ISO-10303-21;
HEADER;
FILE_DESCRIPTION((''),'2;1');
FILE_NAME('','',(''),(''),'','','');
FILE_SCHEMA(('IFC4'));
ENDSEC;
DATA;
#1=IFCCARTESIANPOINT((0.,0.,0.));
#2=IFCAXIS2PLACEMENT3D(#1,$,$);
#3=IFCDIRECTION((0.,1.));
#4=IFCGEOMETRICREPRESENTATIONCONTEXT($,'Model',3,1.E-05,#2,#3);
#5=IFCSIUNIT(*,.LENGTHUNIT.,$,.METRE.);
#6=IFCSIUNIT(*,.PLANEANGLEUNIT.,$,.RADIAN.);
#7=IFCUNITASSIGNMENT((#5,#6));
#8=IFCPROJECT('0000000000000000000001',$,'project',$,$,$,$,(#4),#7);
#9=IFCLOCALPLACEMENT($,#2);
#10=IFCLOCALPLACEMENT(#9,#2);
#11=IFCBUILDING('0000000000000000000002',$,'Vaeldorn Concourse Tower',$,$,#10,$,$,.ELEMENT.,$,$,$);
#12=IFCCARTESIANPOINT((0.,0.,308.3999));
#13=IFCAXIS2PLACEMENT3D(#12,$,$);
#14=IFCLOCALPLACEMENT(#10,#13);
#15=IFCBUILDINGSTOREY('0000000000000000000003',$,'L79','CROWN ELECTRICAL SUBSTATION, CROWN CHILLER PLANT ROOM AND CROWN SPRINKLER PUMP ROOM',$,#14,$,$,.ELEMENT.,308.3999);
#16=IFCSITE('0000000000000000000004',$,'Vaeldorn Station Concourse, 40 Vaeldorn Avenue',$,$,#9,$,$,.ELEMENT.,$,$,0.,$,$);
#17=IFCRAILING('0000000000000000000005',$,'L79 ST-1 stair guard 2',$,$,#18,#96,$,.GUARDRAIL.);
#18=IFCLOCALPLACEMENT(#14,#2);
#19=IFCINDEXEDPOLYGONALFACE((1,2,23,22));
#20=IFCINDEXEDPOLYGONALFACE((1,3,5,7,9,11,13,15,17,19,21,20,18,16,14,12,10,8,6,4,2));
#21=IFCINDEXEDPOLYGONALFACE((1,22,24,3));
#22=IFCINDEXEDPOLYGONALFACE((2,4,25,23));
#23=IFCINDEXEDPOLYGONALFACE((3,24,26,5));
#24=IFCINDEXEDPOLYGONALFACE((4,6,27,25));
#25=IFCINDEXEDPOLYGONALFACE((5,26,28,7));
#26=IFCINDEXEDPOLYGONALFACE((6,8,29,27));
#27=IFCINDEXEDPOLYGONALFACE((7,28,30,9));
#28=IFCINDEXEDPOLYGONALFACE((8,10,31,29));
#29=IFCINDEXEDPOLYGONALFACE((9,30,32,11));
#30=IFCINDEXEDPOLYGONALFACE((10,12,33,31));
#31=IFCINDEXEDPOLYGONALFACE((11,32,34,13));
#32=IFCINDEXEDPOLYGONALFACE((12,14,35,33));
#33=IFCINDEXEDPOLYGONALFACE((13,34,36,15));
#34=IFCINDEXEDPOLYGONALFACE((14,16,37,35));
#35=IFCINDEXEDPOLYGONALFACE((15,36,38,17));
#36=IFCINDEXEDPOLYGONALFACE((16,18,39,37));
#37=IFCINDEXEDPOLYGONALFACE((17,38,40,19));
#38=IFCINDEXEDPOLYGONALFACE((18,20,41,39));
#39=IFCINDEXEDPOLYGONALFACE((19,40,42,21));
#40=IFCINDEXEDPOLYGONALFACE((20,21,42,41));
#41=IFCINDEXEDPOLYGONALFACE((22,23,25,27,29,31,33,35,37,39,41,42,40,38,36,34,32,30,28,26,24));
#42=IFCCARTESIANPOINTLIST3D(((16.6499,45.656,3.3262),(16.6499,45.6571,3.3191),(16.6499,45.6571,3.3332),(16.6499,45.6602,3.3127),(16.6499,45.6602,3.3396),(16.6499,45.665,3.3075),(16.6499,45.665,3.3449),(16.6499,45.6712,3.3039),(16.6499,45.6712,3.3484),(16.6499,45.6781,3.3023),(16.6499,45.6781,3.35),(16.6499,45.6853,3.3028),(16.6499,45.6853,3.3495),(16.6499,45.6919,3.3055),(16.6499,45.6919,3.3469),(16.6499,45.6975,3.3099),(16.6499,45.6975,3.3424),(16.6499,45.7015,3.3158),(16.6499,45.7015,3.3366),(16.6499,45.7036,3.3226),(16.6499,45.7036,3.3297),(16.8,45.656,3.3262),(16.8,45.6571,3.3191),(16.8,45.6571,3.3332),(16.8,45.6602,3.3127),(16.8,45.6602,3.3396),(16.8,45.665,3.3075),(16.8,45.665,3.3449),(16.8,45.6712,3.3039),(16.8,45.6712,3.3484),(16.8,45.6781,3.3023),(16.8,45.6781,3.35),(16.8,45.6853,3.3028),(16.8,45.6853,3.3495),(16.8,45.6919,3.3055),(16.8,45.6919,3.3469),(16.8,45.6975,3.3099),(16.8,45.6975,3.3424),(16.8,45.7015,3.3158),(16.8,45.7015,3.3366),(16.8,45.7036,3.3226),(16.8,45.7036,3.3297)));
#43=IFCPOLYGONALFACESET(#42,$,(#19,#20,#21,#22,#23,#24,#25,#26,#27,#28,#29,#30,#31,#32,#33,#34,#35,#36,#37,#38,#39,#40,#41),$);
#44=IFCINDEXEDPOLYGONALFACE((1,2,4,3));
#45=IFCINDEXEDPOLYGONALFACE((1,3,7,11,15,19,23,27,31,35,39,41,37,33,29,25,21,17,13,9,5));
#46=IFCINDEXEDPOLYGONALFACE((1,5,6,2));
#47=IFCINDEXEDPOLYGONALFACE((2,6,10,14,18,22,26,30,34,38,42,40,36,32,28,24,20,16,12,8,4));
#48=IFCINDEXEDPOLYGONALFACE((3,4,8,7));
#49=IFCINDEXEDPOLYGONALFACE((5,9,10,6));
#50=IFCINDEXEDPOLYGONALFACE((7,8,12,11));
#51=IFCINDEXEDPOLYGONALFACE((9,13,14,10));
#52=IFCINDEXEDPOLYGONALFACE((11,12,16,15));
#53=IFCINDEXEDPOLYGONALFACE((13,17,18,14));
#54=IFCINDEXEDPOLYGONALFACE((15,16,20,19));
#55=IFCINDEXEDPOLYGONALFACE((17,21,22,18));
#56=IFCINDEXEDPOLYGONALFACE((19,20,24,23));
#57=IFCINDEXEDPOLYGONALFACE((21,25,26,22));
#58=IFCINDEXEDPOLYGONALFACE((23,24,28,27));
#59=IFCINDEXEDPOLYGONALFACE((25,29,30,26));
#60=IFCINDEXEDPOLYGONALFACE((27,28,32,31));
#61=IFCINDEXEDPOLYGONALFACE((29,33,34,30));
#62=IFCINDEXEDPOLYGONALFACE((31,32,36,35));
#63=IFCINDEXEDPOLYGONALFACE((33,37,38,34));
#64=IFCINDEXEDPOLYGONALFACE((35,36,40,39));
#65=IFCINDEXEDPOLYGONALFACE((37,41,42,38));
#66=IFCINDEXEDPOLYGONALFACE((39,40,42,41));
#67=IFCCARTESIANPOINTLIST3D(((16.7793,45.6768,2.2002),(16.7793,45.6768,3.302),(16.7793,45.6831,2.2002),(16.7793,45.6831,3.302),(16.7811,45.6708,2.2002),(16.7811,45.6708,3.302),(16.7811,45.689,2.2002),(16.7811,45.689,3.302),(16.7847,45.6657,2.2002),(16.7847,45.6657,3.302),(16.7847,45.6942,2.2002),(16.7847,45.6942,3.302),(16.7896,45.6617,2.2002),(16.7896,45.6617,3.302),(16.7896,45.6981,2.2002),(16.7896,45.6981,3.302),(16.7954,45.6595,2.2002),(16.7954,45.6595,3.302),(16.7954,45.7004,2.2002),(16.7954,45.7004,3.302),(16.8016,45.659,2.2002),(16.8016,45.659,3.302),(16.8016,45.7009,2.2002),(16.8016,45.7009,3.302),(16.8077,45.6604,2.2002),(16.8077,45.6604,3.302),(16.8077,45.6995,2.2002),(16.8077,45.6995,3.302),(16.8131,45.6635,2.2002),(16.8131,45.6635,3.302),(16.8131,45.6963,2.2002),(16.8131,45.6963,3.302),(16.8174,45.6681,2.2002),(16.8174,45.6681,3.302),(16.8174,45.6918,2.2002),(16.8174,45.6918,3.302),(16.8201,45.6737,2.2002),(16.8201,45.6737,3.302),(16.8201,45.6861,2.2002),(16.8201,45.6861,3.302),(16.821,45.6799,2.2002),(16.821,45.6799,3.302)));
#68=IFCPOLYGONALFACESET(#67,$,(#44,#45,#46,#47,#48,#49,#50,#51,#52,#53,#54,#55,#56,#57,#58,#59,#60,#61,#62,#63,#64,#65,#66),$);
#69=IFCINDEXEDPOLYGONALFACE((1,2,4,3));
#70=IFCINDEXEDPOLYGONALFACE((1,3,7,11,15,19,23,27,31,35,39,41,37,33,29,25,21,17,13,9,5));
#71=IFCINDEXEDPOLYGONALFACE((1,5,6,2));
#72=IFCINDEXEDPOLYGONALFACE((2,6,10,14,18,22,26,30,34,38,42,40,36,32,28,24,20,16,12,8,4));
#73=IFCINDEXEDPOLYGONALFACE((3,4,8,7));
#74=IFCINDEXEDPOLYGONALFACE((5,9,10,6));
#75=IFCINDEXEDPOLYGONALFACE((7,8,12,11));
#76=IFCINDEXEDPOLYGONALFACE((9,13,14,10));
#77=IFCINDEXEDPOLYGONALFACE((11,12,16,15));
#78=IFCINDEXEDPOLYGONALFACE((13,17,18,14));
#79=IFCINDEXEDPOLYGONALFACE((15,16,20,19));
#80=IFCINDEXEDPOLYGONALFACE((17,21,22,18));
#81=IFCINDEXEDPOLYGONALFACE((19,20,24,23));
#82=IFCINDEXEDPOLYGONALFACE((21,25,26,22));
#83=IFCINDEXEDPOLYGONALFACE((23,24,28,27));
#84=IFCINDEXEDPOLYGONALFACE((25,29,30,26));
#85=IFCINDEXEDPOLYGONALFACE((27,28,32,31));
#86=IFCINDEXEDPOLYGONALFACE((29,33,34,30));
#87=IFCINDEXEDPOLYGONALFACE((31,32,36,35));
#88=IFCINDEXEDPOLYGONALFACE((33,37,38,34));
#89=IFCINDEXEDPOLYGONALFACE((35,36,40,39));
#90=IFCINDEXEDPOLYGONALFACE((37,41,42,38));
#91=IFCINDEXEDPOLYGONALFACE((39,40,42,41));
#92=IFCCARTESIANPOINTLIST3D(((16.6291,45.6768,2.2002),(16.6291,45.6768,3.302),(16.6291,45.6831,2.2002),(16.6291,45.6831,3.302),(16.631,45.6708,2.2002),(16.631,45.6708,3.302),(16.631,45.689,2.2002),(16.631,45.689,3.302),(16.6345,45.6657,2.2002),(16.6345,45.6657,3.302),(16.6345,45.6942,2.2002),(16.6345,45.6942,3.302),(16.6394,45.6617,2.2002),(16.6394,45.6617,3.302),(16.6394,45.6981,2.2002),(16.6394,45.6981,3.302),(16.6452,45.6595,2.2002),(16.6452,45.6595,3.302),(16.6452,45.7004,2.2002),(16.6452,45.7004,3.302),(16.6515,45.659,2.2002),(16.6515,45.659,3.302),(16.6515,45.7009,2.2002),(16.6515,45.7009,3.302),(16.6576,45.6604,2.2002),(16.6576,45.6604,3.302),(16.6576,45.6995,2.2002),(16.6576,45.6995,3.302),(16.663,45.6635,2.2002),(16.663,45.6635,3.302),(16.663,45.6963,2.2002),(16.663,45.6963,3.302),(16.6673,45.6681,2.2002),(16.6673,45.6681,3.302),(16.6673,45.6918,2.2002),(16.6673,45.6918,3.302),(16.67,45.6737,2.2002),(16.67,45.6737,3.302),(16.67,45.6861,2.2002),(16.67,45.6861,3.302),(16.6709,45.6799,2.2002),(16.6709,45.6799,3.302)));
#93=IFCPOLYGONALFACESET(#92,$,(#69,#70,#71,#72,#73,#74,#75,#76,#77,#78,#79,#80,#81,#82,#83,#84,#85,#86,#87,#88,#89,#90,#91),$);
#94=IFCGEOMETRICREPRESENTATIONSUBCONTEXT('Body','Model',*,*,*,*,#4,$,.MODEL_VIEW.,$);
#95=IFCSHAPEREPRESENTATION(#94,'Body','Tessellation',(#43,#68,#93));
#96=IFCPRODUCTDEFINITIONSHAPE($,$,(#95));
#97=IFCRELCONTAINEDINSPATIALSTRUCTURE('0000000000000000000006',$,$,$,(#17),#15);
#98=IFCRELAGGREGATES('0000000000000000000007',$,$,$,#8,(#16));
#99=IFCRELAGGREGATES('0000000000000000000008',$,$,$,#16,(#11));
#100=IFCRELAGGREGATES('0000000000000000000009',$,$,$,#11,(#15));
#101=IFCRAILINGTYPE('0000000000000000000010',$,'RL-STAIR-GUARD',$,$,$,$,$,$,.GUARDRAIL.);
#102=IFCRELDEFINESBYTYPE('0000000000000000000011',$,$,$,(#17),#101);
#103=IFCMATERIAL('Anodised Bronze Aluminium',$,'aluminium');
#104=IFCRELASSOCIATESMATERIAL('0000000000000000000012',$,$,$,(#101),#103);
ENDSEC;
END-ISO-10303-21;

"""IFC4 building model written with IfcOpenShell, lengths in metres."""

from ifc_helpers import new_model, si_unit, direction, frame, origin, origin_2d, place, context, subcontext, project, spatial, circle, extrude, material, type_object, element, save


model = new_model("IFC4")

# Units and contexts
model_context = context("Model", 3, precision=1e-05, world=origin(), true_north=direction((0.0, 1.0)))
body_context = subcontext(model_context, "Body", "Model", "MODEL_VIEW")
ifc_project = project(units=[si_unit("LENGTHUNIT", "METRE"), si_unit("PLANEANGLEUNIT", "RADIAN")], contexts=[model_context])

# Site, building, storey
site_placement = place(None, origin())
site = spatial("IfcSite", under=ifc_project, at=site_placement, Name="Vaeldorn Station Concourse, 40 Vaeldorn Avenue", CompositionType="ELEMENT", RefElevation=0.0)
building_placement = place(site_placement, origin())
building = spatial("IfcBuilding", under=site, at=building_placement, Name="Vaeldorn Concourse Tower", CompositionType="ELEMENT")
storey_placement = place(building_placement, frame((0.0, 0.0, 308.3999)))
storey = spatial("IfcBuildingStorey", under=building, at=storey_placement, Name="L79", Description="CROWN ELECTRICAL SUBSTATION, CROWN CHILLER PLANT ROOM AND CROWN SPRINKLER PUMP ROOM", CompositionType="ELEMENT", Elevation=308.3999)

# Shared definitions
ifc_material_1 = material(Name="Anodised Bronze Aluminium", Category="aluminium")

# Railing
railing_type_1 = type_object("IfcRailingType", Name="RL-STAIR-GUARD", PredefinedType="GUARDRAIL", material=ifc_material_1)
railing_1_placement = place(storey_placement, frame((16.8, 45.6799, 2.2002)))
element("IfcRailing", 1, at=railing_1_placement, inside=storey, type_object=railing_type_1, Name="L79 ST-1 stair guard 2", PredefinedType="GUARDRAIL", context=body_context, shape_type="SweptSolid", body=[
    extrude(circle(Radius=0.0239, at=origin_2d()), frame((0.0, 0.0, 1.126), z_axis=(-1.0, 0.0, 0.0), x_axis=(0.0, -1.0, 0.0)), (0.0, 0.0, 1.0), 0.1501),
    extrude(circle(Radius=0.021, at=origin_2d()), origin(), (0.0, 0.0, 1.0), 1.1018),
    extrude(circle(Radius=0.021, at=origin_2d()), frame((-0.1501, 0.0, 0.0)), (0.0, 0.0, 1.0), 1.1018),
])

save(model, "model.ifc")
